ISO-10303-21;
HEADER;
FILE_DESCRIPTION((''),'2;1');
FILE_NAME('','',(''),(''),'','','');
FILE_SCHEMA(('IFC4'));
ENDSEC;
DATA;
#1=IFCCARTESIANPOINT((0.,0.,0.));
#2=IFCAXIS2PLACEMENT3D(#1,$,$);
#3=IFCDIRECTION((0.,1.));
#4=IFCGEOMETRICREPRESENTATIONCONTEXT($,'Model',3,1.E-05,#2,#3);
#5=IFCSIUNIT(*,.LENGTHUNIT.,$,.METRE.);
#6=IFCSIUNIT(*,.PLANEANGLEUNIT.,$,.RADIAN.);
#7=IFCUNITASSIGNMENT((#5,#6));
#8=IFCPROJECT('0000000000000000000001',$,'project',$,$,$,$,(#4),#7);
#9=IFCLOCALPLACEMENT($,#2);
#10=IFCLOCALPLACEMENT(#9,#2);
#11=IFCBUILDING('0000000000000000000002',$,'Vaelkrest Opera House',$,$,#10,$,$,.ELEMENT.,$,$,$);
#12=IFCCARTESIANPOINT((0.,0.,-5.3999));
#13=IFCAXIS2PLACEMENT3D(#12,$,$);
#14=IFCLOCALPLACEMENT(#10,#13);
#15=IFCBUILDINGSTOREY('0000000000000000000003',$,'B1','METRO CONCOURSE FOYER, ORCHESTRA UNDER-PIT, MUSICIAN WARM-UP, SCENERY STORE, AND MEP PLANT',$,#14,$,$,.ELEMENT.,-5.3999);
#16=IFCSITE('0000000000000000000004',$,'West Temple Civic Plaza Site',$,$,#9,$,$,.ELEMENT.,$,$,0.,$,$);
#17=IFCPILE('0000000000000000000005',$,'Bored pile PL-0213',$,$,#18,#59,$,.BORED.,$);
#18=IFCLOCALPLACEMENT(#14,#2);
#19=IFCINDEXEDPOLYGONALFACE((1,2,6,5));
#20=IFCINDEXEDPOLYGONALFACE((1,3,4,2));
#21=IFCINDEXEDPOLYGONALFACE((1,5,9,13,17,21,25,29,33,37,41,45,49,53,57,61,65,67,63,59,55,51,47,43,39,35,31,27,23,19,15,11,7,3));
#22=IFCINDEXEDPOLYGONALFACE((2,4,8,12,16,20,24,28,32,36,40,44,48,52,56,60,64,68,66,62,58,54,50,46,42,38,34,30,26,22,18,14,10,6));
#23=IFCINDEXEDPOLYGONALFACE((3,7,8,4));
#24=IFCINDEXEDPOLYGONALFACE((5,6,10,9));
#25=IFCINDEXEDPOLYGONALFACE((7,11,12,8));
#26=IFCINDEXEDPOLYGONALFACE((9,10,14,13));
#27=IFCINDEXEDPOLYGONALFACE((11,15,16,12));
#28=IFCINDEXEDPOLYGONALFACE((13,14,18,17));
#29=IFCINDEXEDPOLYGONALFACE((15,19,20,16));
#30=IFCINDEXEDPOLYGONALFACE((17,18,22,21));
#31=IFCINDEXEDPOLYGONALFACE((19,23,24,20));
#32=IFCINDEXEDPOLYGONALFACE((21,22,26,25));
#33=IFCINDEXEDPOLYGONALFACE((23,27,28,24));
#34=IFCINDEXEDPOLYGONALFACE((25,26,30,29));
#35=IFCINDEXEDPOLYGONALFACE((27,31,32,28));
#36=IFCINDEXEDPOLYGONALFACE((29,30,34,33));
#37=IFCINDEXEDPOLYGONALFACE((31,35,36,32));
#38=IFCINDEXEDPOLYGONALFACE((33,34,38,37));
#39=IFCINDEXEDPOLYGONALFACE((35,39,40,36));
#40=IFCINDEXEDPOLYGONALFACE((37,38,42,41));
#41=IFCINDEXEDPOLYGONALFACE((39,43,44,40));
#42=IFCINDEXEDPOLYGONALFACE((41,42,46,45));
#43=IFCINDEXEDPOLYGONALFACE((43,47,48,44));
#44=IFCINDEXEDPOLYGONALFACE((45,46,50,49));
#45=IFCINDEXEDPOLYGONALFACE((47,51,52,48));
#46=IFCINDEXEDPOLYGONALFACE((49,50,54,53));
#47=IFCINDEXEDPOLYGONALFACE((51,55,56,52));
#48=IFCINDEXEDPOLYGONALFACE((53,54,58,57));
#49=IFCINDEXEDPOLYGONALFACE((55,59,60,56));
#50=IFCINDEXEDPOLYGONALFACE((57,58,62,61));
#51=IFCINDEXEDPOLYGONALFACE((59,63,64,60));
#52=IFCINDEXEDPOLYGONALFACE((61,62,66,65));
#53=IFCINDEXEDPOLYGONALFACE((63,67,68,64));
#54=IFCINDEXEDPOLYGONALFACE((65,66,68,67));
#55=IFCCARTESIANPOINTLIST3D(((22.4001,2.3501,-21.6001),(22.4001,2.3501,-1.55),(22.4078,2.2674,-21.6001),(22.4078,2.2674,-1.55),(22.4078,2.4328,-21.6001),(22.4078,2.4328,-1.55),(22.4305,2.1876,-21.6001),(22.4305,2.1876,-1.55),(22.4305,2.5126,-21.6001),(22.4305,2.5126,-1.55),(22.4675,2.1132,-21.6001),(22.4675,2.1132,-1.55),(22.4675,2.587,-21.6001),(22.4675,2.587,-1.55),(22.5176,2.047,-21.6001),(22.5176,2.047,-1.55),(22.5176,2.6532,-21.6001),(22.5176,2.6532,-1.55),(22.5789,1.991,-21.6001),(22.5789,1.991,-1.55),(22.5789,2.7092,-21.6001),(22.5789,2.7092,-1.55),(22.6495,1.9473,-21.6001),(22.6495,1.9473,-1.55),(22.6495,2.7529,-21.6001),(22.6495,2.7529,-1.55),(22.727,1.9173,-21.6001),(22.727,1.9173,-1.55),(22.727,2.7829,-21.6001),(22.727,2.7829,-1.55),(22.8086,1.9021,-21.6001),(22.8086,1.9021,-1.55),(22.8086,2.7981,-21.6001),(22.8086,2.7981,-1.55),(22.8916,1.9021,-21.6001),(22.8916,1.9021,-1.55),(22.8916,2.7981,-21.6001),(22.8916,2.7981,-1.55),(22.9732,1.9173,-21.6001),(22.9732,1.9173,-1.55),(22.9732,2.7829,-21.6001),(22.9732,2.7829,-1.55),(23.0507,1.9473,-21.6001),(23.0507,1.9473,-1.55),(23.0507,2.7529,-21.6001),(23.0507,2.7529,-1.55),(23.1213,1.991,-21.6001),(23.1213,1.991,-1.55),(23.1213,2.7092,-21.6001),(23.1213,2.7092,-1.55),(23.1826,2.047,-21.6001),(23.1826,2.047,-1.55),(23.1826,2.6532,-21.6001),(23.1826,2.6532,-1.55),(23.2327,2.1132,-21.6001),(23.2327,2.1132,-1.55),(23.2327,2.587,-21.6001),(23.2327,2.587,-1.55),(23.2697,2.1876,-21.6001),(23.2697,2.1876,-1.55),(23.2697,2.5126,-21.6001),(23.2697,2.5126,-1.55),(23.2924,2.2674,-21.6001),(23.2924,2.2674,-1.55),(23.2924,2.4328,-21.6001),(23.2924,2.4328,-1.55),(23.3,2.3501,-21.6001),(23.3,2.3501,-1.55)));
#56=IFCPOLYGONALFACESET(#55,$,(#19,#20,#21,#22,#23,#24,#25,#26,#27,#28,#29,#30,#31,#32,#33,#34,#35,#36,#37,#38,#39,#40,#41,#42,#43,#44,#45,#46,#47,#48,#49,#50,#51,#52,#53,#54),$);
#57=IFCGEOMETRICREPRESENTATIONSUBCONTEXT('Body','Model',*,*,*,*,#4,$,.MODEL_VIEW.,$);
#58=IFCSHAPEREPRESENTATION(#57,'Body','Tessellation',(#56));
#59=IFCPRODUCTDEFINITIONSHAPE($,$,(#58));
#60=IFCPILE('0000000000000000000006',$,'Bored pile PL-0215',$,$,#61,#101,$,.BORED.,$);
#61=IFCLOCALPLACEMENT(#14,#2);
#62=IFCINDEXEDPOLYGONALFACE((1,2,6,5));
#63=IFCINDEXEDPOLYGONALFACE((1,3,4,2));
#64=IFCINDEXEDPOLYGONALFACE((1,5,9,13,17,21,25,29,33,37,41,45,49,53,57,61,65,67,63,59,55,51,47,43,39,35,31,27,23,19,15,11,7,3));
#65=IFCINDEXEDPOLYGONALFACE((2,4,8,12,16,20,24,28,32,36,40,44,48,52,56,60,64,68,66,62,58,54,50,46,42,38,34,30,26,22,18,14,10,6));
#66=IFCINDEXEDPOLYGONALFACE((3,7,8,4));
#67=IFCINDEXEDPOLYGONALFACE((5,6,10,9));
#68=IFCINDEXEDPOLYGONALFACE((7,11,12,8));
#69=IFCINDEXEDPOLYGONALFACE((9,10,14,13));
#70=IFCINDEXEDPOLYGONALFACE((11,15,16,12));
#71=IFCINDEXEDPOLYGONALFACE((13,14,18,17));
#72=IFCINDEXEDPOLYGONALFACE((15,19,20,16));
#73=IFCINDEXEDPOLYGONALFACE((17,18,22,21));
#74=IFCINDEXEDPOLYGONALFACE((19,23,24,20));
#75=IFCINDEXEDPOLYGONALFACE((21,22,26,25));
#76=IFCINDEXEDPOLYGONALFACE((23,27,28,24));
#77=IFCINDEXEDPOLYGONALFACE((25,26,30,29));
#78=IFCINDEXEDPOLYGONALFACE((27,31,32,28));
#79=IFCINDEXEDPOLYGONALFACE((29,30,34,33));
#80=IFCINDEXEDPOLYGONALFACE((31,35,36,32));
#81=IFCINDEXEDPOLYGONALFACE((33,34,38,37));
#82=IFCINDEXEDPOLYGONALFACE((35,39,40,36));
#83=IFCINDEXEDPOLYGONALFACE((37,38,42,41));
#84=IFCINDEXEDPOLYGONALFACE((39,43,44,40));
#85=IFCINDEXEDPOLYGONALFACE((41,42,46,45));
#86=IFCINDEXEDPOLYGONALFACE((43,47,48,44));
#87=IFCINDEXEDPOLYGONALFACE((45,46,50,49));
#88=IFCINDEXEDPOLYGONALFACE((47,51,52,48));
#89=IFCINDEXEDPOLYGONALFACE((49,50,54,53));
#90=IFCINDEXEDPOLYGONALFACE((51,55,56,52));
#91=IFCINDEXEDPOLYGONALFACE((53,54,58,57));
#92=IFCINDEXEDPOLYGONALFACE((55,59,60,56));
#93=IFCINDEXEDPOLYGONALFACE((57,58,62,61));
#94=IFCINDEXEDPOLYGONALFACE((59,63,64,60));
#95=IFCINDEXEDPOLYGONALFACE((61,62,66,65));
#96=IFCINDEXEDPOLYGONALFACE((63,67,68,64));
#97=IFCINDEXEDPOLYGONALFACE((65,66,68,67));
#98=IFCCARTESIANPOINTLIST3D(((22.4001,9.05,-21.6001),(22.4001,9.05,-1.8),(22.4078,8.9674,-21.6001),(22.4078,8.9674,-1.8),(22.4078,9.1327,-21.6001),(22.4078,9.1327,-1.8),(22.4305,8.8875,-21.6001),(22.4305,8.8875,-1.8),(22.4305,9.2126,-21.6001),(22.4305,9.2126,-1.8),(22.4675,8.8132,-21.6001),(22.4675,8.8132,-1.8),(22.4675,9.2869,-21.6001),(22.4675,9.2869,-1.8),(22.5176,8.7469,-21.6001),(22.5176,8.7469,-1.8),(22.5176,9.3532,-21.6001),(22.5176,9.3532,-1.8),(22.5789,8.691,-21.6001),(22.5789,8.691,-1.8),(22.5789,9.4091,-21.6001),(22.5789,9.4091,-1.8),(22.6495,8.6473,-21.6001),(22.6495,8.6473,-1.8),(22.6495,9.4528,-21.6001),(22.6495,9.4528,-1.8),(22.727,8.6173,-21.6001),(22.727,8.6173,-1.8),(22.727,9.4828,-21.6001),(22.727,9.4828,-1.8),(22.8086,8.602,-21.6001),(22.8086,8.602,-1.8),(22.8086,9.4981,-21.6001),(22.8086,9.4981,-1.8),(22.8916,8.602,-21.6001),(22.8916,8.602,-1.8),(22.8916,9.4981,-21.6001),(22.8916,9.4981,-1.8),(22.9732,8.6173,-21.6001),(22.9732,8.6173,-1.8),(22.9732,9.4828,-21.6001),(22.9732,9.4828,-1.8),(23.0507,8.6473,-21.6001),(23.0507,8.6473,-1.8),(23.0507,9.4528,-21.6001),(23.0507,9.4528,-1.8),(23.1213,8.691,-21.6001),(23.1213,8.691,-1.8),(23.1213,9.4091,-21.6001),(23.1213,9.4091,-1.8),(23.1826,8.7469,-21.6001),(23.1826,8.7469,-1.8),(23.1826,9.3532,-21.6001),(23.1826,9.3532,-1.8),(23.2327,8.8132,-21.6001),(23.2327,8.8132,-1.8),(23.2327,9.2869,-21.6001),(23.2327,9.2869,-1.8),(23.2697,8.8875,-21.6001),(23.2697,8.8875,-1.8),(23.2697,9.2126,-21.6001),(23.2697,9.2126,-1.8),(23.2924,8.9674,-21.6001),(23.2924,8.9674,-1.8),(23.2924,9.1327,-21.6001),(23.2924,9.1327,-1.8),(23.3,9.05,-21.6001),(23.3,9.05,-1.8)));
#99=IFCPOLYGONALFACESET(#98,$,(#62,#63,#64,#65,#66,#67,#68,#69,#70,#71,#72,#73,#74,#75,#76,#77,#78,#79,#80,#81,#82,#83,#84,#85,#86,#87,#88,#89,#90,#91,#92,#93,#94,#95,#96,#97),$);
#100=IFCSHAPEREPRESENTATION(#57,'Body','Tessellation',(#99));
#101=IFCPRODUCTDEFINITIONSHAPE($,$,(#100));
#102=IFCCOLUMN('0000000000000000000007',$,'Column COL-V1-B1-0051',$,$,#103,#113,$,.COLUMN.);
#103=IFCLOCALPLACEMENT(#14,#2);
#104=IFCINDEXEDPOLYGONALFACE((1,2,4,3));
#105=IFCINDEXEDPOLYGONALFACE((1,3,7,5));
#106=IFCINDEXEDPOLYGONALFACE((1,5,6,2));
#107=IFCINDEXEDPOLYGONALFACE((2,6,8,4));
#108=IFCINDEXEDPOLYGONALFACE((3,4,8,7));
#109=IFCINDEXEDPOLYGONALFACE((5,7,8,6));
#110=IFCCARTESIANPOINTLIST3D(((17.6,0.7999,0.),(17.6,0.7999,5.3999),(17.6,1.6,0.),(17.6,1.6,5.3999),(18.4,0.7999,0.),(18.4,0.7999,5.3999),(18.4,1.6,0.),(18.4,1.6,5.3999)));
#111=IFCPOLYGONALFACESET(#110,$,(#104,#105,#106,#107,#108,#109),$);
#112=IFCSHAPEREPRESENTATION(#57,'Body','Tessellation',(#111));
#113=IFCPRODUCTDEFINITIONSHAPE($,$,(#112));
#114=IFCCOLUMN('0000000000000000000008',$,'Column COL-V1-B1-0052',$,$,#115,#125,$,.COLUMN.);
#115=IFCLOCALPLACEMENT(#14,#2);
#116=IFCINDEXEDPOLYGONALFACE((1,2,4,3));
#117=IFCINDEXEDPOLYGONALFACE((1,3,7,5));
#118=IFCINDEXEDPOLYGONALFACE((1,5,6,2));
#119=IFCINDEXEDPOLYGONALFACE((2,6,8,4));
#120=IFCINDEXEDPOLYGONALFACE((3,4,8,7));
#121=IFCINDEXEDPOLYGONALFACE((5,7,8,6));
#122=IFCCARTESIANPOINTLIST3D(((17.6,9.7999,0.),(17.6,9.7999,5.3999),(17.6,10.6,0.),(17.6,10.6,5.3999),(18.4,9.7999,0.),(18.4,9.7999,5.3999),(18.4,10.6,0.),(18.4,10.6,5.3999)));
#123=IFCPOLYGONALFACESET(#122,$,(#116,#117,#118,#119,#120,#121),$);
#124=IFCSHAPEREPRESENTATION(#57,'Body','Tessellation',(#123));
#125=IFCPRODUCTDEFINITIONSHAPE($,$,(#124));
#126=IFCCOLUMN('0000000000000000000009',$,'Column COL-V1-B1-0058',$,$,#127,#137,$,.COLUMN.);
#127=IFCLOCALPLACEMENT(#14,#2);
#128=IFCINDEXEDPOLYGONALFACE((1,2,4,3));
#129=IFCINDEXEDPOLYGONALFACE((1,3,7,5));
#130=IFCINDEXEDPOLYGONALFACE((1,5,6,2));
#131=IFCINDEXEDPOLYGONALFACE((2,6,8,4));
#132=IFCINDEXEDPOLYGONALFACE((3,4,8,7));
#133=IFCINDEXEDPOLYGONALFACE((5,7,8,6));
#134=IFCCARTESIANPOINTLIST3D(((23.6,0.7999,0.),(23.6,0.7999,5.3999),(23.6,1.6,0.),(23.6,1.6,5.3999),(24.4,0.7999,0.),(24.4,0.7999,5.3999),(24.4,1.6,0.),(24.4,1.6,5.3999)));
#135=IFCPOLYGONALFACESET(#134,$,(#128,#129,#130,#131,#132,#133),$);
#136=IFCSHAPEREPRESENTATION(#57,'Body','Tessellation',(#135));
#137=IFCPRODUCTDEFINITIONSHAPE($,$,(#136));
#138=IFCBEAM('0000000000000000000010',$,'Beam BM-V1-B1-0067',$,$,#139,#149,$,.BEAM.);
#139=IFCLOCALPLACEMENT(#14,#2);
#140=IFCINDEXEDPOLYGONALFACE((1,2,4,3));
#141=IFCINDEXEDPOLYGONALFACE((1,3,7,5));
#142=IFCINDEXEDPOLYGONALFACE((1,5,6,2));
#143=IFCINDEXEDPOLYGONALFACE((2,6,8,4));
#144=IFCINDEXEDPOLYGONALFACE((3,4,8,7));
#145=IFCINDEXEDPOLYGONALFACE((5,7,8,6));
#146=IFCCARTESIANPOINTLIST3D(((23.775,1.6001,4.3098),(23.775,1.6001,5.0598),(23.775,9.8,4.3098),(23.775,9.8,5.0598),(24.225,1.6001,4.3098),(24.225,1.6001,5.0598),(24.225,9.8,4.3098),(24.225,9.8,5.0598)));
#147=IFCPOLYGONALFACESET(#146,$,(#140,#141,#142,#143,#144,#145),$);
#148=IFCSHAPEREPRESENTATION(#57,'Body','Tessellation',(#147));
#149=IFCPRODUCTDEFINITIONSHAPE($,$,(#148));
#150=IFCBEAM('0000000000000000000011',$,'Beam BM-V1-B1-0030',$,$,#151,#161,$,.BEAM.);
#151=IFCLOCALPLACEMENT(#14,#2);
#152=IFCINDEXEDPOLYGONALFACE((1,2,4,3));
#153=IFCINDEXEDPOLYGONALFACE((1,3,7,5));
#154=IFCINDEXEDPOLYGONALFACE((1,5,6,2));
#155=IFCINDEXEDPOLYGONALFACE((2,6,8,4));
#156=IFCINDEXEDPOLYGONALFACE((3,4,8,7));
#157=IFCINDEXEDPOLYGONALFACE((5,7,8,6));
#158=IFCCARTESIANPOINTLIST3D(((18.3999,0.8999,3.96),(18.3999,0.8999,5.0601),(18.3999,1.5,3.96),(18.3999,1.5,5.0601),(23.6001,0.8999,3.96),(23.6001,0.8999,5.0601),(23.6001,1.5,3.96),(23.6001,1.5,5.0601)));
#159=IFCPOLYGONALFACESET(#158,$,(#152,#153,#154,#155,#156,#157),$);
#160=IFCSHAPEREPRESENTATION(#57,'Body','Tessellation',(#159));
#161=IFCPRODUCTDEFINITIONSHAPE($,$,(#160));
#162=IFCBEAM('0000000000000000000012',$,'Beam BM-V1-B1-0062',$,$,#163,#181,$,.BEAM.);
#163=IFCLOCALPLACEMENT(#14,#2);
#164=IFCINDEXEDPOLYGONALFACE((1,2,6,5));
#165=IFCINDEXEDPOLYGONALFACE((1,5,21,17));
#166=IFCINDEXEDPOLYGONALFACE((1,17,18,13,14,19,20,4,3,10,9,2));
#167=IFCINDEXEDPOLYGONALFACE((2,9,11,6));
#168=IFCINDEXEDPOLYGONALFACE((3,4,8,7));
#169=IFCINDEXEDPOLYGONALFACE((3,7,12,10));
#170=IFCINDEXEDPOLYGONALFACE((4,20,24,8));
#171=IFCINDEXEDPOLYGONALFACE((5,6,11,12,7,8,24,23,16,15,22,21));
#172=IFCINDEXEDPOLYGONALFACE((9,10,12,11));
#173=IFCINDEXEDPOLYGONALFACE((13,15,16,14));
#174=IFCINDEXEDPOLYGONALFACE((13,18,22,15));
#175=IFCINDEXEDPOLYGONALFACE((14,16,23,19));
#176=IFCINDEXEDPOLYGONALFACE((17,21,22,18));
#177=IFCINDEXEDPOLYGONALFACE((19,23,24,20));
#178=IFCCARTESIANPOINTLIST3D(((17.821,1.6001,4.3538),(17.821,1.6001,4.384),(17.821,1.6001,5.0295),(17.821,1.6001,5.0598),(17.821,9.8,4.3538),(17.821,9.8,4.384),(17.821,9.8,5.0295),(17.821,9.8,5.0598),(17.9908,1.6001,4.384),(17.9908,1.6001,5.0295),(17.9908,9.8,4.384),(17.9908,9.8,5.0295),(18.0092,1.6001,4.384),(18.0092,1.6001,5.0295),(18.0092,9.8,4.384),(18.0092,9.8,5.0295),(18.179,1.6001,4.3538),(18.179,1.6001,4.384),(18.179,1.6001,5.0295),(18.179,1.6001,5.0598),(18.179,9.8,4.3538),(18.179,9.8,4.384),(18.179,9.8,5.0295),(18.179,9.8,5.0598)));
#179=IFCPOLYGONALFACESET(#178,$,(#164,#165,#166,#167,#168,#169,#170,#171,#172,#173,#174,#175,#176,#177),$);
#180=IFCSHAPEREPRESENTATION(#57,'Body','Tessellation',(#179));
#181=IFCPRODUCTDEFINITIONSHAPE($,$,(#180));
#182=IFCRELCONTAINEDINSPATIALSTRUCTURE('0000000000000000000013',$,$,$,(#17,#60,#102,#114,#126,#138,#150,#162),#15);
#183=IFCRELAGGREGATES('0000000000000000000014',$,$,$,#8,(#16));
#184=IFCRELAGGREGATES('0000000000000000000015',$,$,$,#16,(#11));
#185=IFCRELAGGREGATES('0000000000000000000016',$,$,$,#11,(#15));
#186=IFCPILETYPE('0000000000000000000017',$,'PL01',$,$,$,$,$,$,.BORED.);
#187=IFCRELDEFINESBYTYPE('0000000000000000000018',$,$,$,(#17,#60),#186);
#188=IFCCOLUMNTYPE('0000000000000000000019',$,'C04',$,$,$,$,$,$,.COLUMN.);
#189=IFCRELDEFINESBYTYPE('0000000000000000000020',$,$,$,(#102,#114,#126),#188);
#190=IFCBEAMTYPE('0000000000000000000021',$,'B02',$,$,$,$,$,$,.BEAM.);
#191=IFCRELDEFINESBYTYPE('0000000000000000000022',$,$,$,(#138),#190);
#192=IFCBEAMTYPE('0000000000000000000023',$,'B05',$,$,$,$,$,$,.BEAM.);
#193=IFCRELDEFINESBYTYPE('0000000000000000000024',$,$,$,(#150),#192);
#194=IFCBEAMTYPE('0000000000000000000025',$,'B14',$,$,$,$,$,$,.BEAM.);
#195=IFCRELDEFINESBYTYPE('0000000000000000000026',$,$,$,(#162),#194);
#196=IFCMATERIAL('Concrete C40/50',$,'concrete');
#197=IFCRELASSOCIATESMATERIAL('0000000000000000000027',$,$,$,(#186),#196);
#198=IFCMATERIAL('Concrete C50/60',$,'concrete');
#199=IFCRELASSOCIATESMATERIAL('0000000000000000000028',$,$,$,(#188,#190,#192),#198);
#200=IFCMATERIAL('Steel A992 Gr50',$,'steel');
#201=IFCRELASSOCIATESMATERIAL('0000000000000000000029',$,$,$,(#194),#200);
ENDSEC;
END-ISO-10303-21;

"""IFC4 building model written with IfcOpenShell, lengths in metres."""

from ifc_helpers import new_model, si_unit, direction, frame, origin, origin_2d, place, context, subcontext, project, spatial, rectangle, circle, i_section, extrude, material, material_profile, profile_set, type_object, element, save


model = new_model("IFC4")

# Units and contexts
model_context = context("Model", 3, precision=1e-05, world=origin(), true_north=direction((0.0, 1.0)))
body_context = subcontext(model_context, "Body", "Model", "MODEL_VIEW")
ifc_project = project(units=[si_unit("LENGTHUNIT", "METRE"), si_unit("PLANEANGLEUNIT", "RADIAN")], contexts=[model_context])

# Site, building, storey
site_placement = place(None, origin())
site = spatial("IfcSite", under=ifc_project, at=site_placement, Name="West Temple Civic Plaza Site", CompositionType="ELEMENT", RefElevation=0.0)
building_placement = place(site_placement, origin())
building = spatial("IfcBuilding", under=site, at=building_placement, Name="Vaelkrest Opera House", CompositionType="ELEMENT")
storey_placement = place(building_placement, frame((0.0, 0.0, -5.3999)))
storey = spatial("IfcBuildingStorey", under=building, at=storey_placement, Name="B1", Description="METRO CONCOURSE FOYER, ORCHESTRA UNDER-PIT, MUSICIAN WARM-UP, SCENERY STORE, AND MEP PLANT", CompositionType="ELEMENT", Elevation=-5.3999)

# Shared definitions
ifc_material_1 = material(Name="Concrete C40/50", Category="concrete")

# Piles
ifc_material_profile_1 = material_profile(ifc_material_1, circle(Radius=0.45, at=origin_2d()), Name="PILE900")
ifc_profile_set_1 = profile_set([ifc_material_profile_1], Name="Concrete C40/50")
pile_type = type_object("IfcPileType", Name="PL01", PredefinedType="BORED", material=ifc_profile_set_1)
for number, where, z_axis, x_axis, name in (
    (1, (22.8501, 2.3501, -1.55), (0.0, 0.0, -1.0), (1.0, 0.0, 0.0), "Bored pile PL-0213"),
):
    element("IfcPile", number, at=place(storey_placement, frame(where, z_axis=z_axis, x_axis=x_axis)), inside=storey, type_object=pile_type, Name=name, PredefinedType="BORED", context=body_context, shape_type="SweptSolid", body=[
        extrude(circle(Radius=0.45, at=origin_2d()), origin(), (0.0, 0.0, 1.0), 20.05),
    ])
pile_placement = place(storey_placement, frame((22.8501, 9.05, -1.8), z_axis=(0.0, 0.0, -1.0), x_axis=(1.0, 0.0, 0.0)))
element("IfcPile", 2, at=pile_placement, inside=storey, type_object=pile_type, Name="Bored pile PL-0215", PredefinedType="BORED", context=body_context, shape_type="SweptSolid", body=[
    extrude(circle(Radius=0.45, at=origin_2d()), origin(), (0.0, 0.0, 1.0), 19.8),
])

# Columns
ifc_material_2 = material(Name="Concrete C50/60", Category="concrete")
ifc_material_profile_2 = material_profile(ifc_material_2, rectangle(XDim=0.8, YDim=0.8, at=origin_2d()), Name="RC800X800")
ifc_profile_set_2 = profile_set([ifc_material_profile_2], Name="Concrete C50/60")
column_type = type_object("IfcColumnType", Name="C04", PredefinedType="COLUMN", material=ifc_profile_set_2)
for number, where, z_axis, x_axis, name in (
    (3, (18.0, 1.2, 0.0), (0.0, 0.0, 1.0), (1.0, 0.0, 0.0), "Column COL-V1-B1-0051"),
    (4, (18.0, 10.2, 0.0), (0.0, 0.0, 1.0), (1.0, 0.0, 0.0), "Column COL-V1-B1-0052"),
    (5, (24.0, 1.2, 0.0), (0.0, 0.0, 1.0), (1.0, 0.0, 0.0), "Column COL-V1-B1-0058"),
):
    element("IfcColumn", number, at=place(storey_placement, frame(where, z_axis=z_axis, x_axis=x_axis)), inside=storey, type_object=column_type, Name=name, PredefinedType="COLUMN", context=body_context, shape_type="SweptSolid", body=[
        extrude(rectangle(XDim=0.8, YDim=0.8, at=origin_2d()), origin(), (0.0, 0.0, 1.0), 5.3999),
    ])

# Beams
ifc_material_profile_3 = material_profile(ifc_material_2, rectangle(XDim=0.45, YDim=0.75, at=origin_2d()), Name="RCB450X750")
ifc_profile_set_3 = profile_set([ifc_material_profile_3], Name="Concrete C50/60")
beam_type_1 = type_object("IfcBeamType", Name="B02", PredefinedType="BEAM", material=ifc_profile_set_3)
beam_1_placement = place(storey_placement, frame((24.0, 1.6001, 4.6848), z_axis=(0.0, 1.0, 0.0), x_axis=(-1.0, 0.0, 0.0)))
element("IfcBeam", 6, at=beam_1_placement, inside=storey, type_object=beam_type_1, Name="Beam BM-V1-B1-0067", PredefinedType="BEAM", context=body_context, shape_type="SweptSolid", body=[
    extrude(rectangle(XDim=0.45, YDim=0.75, at=origin_2d()), origin(), (0.0, 0.0, 1.0), 8.2),
])
ifc_material_profile_4 = material_profile(ifc_material_2, rectangle(XDim=0.6001, YDim=1.1001, at=origin_2d()), Name="RCB600X1100")
ifc_profile_set_4 = profile_set([ifc_material_profile_4], Name="Concrete C50/60")
beam_type_2 = type_object("IfcBeamType", Name="B05", PredefinedType="BEAM", material=ifc_profile_set_4)
beam_2_placement = place(storey_placement, frame((18.3999, 1.2, 4.51), z_axis=(1.0, 0.0, 0.0), x_axis=(0.0, 1.0, 0.0)))
element("IfcBeam", 7, at=beam_2_placement, inside=storey, type_object=beam_type_2, Name="Beam BM-V1-B1-0030", PredefinedType="BEAM", context=body_context, shape_type="SweptSolid", body=[
    extrude(rectangle(XDim=0.6001, YDim=1.1001, at=origin_2d()), origin(), (0.0, 0.0, 1.0), 5.2002),
])
ifc_material_3 = material(Name="Steel A992 Gr50", Category="steel")
ifc_material_profile_5 = material_profile(ifc_material_3, i_section(OverallWidth=0.3579, OverallDepth=0.7061, WebThickness=0.0183, FlangeThickness=0.0303, at=origin_2d()), Name="W27X178")
ifc_profile_set_5 = profile_set([ifc_material_profile_5], Name="Steel A992 Gr50")
beam_type_3 = type_object("IfcBeamType", Name="B14", PredefinedType="BEAM", material=ifc_profile_set_5)
beam_3_placement = place(storey_placement, frame((18.0, 1.6001, 4.7068), z_axis=(0.0, 1.0, 0.0), x_axis=(-1.0, 0.0, 0.0)))
element("IfcBeam", 8, at=beam_3_placement, inside=storey, type_object=beam_type_3, Name="Beam BM-V1-B1-0062", PredefinedType="BEAM", context=body_context, shape_type="SweptSolid", body=[
    extrude(i_section(OverallWidth=0.3579, OverallDepth=0.7061, WebThickness=0.0183, FlangeThickness=0.0303, at=origin_2d()), origin(), (0.0, 0.0, 1.0), 8.2),
])

save(model, "model.ifc")
